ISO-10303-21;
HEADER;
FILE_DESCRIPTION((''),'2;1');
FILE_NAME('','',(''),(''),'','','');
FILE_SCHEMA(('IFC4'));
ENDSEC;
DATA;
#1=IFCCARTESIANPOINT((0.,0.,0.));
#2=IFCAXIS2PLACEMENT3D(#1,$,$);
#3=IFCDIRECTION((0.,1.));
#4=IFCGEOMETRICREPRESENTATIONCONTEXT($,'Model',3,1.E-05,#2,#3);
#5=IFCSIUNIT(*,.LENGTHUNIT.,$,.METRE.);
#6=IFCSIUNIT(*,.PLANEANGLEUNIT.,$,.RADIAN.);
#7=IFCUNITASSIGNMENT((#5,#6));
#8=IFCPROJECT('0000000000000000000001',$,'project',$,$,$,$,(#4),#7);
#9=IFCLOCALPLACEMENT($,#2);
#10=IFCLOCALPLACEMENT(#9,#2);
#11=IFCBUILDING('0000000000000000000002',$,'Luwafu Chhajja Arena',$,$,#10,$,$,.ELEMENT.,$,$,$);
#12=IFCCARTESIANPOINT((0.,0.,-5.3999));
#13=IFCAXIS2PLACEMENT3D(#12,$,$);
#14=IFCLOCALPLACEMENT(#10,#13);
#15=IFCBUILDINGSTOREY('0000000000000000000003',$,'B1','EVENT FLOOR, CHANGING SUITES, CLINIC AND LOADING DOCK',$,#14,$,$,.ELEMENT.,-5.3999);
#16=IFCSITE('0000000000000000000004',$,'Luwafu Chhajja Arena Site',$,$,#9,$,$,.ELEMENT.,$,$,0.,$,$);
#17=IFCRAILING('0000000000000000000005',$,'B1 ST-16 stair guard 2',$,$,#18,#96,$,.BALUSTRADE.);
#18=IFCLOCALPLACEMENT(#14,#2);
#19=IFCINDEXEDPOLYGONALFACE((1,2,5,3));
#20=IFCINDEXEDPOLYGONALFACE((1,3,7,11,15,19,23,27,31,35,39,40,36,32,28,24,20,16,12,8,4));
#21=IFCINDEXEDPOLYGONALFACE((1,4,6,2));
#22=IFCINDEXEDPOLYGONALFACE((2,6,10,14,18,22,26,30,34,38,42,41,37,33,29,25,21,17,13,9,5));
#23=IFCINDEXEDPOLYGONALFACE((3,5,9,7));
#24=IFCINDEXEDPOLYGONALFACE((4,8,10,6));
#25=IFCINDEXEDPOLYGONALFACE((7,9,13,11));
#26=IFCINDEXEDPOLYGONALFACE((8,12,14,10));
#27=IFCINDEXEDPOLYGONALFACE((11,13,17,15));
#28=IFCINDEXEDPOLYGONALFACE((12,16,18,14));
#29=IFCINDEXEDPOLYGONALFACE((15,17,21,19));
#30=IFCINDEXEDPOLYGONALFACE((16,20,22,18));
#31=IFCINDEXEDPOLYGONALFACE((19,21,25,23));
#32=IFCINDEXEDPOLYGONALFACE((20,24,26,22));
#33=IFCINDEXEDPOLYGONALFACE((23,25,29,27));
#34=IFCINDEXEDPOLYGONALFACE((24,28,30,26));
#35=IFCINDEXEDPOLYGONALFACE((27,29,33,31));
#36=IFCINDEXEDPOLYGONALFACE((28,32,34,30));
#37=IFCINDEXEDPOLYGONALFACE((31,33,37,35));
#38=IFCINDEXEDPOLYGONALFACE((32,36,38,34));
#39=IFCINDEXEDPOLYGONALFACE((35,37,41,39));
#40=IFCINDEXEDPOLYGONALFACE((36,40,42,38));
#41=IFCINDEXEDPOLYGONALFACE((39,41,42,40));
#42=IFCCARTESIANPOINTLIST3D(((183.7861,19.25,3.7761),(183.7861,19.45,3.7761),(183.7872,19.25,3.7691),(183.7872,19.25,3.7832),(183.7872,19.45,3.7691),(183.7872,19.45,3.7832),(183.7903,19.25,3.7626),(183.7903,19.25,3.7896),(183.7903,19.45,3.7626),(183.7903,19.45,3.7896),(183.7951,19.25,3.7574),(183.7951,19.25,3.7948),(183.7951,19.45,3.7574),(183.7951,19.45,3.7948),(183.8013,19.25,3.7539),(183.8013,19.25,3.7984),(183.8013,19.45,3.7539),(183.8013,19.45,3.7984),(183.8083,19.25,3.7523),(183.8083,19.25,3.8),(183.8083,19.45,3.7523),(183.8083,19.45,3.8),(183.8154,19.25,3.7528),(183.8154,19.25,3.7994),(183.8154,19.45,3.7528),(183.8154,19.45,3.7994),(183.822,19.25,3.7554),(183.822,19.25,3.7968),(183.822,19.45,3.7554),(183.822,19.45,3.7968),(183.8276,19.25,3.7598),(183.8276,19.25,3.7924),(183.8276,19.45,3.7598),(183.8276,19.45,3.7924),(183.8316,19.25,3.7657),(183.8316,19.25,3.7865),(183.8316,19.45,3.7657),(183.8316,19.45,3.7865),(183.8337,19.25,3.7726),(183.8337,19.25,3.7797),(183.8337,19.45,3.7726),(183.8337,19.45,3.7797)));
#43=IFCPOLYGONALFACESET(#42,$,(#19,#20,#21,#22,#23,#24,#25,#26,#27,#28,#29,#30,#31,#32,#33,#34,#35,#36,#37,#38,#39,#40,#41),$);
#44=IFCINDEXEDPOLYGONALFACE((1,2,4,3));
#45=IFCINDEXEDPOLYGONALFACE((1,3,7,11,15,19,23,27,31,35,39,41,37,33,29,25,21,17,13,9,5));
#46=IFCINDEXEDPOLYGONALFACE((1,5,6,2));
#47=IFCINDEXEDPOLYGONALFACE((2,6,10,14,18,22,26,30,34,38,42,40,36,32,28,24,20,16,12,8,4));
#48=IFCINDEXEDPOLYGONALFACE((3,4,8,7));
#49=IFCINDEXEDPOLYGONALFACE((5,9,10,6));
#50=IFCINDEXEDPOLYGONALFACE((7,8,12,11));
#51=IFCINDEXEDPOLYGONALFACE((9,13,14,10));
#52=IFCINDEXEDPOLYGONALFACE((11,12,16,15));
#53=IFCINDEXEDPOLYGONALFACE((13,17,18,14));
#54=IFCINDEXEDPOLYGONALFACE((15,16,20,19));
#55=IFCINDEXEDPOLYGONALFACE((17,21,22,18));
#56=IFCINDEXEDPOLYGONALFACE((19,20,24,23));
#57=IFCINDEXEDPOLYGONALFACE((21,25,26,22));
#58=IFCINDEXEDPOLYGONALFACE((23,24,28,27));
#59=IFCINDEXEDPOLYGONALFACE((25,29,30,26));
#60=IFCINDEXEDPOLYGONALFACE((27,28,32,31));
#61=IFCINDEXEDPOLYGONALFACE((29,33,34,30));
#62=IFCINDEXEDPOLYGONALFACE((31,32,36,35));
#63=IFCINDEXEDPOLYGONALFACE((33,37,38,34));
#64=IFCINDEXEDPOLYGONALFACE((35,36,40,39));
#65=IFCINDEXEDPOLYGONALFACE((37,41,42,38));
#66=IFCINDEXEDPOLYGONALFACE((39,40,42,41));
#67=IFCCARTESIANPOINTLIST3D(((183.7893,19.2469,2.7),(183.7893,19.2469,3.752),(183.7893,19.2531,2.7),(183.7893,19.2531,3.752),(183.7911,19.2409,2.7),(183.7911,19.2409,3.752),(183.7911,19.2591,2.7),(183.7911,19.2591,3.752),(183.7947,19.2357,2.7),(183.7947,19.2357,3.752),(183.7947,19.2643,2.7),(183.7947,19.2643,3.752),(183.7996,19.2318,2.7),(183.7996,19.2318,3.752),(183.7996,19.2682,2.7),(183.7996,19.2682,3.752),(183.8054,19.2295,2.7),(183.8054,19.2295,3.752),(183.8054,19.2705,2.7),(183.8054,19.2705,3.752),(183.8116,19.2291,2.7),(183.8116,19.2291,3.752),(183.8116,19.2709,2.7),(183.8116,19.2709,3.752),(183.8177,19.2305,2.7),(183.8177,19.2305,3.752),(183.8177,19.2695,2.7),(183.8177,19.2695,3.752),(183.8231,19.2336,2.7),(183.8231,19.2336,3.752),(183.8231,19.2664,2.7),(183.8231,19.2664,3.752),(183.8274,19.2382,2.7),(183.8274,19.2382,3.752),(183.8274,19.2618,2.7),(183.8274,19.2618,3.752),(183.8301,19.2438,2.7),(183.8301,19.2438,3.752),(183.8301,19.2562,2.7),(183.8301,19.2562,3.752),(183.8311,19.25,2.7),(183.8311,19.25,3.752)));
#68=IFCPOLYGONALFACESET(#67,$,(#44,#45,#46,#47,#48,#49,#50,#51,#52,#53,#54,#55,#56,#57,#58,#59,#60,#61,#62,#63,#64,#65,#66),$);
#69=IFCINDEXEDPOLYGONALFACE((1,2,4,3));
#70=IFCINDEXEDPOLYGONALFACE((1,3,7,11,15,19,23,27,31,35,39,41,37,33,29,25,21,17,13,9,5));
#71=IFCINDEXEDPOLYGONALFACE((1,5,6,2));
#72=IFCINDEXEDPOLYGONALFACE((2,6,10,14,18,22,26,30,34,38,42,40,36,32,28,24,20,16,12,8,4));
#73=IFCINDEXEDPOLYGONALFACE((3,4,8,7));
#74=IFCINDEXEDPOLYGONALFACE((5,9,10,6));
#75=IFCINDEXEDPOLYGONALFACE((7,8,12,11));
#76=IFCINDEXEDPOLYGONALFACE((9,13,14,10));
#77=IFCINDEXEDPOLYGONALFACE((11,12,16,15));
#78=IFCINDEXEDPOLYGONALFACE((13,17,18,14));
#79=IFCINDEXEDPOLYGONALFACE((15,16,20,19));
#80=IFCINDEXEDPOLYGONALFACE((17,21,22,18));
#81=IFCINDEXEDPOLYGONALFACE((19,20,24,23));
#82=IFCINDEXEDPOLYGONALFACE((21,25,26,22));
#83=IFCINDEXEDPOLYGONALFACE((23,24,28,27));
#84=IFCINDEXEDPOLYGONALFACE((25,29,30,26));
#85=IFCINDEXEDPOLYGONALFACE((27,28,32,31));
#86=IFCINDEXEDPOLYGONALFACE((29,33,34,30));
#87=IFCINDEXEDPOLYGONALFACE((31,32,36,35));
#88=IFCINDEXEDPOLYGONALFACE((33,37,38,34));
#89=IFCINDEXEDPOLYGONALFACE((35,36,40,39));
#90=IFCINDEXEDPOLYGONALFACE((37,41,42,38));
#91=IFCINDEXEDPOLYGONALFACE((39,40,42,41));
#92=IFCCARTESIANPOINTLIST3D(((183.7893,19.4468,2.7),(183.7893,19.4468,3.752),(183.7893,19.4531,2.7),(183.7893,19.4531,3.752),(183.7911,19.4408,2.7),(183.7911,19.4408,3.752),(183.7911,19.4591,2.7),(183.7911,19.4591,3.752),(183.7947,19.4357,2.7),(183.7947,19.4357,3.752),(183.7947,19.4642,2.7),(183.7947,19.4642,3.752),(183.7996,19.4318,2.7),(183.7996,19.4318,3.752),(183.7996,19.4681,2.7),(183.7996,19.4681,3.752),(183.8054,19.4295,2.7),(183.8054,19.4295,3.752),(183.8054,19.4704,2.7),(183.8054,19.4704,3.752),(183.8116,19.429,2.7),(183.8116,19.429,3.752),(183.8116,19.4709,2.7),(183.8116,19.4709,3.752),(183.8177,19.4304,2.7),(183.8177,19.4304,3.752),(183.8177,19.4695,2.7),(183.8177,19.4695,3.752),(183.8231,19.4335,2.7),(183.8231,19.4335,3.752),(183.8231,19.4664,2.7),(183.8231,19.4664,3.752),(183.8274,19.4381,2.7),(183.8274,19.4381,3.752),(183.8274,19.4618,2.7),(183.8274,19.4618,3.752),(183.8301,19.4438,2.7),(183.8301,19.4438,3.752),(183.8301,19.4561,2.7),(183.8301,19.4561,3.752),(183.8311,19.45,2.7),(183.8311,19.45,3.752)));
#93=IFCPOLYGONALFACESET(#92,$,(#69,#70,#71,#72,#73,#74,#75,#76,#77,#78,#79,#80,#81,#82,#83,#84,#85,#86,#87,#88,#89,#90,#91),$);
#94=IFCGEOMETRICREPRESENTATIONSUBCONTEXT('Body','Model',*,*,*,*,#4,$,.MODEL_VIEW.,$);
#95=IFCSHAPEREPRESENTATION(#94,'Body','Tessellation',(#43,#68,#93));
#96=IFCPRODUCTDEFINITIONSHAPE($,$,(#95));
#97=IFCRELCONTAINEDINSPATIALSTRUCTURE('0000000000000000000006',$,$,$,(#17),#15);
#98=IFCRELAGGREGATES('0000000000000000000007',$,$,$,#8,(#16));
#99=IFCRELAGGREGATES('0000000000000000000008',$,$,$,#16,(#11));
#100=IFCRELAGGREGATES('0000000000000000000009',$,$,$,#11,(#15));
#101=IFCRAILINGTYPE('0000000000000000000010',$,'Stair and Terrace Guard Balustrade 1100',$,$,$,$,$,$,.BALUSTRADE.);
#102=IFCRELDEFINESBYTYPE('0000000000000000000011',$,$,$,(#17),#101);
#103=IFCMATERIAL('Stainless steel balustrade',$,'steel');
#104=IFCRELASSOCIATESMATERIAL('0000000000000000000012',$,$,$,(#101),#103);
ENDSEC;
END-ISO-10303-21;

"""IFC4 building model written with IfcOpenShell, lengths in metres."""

from ifc_helpers import new_model, si_unit, direction, frame, origin, origin_2d, place, context, subcontext, project, spatial, circle, extrude, material, type_object, element, save


model = new_model("IFC4")

# Units and contexts
model_context = context("Model", 3, precision=1e-05, world=origin(), true_north=direction((0.0, 1.0)))
body_context = subcontext(model_context, "Body", "Model", "MODEL_VIEW")
ifc_project = project(units=[si_unit("LENGTHUNIT", "METRE"), si_unit("PLANEANGLEUNIT", "RADIAN")], contexts=[model_context])

# Site, building, storey
site_placement = place(None, origin())
site = spatial("IfcSite", under=ifc_project, at=site_placement, Name="Luwafu Chhajja Arena Site", CompositionType="ELEMENT", RefElevation=0.0)
building_placement = place(site_placement, origin())
building = spatial("IfcBuilding", under=site, at=building_placement, Name="Luwafu Chhajja Arena", CompositionType="ELEMENT")
storey_placement = place(building_placement, frame((0.0, 0.0, -5.3999)))
storey = spatial("IfcBuildingStorey", under=building, at=storey_placement, Name="B1", Description="EVENT FLOOR, CHANGING SUITES, CLINIC AND LOADING DOCK", CompositionType="ELEMENT", Elevation=-5.3999)

# Railing
ifc_material_1 = material(Name="Stainless steel balustrade", Category="steel")
railing_type_1 = type_object("IfcRailingType", Name="Stair and Terrace Guard Balustrade 1100", PredefinedType="BALUSTRADE", material=ifc_material_1)
railing_1_placement = place(storey_placement, frame((183.8101, 19.25, 2.7)))
element("IfcRailing", 1, at=railing_1_placement, inside=storey, type_object=railing_type_1, Name="B1 ST-16 stair guard 2", PredefinedType="BALUSTRADE", context=body_context, shape_type="SweptSolid", body=[
    extrude(circle(Radius=0.0239, at=origin_2d()), frame((0.0, 0.0, 1.0762), z_axis=(0.0, 1.0, 0.0), x_axis=(-1.0, 0.0, 0.0)), (0.0, 0.0, 1.0), 0.2),
    extrude(circle(Radius=0.021, at=origin_2d()), origin(), (0.0, 0.0, 1.0), 1.052),
    extrude(circle(Radius=0.021, at=origin_2d()), frame((0.0, 0.2, 0.0)), (0.0, 0.0, 1.0), 1.052),
])

save(model, "model.ifc")
